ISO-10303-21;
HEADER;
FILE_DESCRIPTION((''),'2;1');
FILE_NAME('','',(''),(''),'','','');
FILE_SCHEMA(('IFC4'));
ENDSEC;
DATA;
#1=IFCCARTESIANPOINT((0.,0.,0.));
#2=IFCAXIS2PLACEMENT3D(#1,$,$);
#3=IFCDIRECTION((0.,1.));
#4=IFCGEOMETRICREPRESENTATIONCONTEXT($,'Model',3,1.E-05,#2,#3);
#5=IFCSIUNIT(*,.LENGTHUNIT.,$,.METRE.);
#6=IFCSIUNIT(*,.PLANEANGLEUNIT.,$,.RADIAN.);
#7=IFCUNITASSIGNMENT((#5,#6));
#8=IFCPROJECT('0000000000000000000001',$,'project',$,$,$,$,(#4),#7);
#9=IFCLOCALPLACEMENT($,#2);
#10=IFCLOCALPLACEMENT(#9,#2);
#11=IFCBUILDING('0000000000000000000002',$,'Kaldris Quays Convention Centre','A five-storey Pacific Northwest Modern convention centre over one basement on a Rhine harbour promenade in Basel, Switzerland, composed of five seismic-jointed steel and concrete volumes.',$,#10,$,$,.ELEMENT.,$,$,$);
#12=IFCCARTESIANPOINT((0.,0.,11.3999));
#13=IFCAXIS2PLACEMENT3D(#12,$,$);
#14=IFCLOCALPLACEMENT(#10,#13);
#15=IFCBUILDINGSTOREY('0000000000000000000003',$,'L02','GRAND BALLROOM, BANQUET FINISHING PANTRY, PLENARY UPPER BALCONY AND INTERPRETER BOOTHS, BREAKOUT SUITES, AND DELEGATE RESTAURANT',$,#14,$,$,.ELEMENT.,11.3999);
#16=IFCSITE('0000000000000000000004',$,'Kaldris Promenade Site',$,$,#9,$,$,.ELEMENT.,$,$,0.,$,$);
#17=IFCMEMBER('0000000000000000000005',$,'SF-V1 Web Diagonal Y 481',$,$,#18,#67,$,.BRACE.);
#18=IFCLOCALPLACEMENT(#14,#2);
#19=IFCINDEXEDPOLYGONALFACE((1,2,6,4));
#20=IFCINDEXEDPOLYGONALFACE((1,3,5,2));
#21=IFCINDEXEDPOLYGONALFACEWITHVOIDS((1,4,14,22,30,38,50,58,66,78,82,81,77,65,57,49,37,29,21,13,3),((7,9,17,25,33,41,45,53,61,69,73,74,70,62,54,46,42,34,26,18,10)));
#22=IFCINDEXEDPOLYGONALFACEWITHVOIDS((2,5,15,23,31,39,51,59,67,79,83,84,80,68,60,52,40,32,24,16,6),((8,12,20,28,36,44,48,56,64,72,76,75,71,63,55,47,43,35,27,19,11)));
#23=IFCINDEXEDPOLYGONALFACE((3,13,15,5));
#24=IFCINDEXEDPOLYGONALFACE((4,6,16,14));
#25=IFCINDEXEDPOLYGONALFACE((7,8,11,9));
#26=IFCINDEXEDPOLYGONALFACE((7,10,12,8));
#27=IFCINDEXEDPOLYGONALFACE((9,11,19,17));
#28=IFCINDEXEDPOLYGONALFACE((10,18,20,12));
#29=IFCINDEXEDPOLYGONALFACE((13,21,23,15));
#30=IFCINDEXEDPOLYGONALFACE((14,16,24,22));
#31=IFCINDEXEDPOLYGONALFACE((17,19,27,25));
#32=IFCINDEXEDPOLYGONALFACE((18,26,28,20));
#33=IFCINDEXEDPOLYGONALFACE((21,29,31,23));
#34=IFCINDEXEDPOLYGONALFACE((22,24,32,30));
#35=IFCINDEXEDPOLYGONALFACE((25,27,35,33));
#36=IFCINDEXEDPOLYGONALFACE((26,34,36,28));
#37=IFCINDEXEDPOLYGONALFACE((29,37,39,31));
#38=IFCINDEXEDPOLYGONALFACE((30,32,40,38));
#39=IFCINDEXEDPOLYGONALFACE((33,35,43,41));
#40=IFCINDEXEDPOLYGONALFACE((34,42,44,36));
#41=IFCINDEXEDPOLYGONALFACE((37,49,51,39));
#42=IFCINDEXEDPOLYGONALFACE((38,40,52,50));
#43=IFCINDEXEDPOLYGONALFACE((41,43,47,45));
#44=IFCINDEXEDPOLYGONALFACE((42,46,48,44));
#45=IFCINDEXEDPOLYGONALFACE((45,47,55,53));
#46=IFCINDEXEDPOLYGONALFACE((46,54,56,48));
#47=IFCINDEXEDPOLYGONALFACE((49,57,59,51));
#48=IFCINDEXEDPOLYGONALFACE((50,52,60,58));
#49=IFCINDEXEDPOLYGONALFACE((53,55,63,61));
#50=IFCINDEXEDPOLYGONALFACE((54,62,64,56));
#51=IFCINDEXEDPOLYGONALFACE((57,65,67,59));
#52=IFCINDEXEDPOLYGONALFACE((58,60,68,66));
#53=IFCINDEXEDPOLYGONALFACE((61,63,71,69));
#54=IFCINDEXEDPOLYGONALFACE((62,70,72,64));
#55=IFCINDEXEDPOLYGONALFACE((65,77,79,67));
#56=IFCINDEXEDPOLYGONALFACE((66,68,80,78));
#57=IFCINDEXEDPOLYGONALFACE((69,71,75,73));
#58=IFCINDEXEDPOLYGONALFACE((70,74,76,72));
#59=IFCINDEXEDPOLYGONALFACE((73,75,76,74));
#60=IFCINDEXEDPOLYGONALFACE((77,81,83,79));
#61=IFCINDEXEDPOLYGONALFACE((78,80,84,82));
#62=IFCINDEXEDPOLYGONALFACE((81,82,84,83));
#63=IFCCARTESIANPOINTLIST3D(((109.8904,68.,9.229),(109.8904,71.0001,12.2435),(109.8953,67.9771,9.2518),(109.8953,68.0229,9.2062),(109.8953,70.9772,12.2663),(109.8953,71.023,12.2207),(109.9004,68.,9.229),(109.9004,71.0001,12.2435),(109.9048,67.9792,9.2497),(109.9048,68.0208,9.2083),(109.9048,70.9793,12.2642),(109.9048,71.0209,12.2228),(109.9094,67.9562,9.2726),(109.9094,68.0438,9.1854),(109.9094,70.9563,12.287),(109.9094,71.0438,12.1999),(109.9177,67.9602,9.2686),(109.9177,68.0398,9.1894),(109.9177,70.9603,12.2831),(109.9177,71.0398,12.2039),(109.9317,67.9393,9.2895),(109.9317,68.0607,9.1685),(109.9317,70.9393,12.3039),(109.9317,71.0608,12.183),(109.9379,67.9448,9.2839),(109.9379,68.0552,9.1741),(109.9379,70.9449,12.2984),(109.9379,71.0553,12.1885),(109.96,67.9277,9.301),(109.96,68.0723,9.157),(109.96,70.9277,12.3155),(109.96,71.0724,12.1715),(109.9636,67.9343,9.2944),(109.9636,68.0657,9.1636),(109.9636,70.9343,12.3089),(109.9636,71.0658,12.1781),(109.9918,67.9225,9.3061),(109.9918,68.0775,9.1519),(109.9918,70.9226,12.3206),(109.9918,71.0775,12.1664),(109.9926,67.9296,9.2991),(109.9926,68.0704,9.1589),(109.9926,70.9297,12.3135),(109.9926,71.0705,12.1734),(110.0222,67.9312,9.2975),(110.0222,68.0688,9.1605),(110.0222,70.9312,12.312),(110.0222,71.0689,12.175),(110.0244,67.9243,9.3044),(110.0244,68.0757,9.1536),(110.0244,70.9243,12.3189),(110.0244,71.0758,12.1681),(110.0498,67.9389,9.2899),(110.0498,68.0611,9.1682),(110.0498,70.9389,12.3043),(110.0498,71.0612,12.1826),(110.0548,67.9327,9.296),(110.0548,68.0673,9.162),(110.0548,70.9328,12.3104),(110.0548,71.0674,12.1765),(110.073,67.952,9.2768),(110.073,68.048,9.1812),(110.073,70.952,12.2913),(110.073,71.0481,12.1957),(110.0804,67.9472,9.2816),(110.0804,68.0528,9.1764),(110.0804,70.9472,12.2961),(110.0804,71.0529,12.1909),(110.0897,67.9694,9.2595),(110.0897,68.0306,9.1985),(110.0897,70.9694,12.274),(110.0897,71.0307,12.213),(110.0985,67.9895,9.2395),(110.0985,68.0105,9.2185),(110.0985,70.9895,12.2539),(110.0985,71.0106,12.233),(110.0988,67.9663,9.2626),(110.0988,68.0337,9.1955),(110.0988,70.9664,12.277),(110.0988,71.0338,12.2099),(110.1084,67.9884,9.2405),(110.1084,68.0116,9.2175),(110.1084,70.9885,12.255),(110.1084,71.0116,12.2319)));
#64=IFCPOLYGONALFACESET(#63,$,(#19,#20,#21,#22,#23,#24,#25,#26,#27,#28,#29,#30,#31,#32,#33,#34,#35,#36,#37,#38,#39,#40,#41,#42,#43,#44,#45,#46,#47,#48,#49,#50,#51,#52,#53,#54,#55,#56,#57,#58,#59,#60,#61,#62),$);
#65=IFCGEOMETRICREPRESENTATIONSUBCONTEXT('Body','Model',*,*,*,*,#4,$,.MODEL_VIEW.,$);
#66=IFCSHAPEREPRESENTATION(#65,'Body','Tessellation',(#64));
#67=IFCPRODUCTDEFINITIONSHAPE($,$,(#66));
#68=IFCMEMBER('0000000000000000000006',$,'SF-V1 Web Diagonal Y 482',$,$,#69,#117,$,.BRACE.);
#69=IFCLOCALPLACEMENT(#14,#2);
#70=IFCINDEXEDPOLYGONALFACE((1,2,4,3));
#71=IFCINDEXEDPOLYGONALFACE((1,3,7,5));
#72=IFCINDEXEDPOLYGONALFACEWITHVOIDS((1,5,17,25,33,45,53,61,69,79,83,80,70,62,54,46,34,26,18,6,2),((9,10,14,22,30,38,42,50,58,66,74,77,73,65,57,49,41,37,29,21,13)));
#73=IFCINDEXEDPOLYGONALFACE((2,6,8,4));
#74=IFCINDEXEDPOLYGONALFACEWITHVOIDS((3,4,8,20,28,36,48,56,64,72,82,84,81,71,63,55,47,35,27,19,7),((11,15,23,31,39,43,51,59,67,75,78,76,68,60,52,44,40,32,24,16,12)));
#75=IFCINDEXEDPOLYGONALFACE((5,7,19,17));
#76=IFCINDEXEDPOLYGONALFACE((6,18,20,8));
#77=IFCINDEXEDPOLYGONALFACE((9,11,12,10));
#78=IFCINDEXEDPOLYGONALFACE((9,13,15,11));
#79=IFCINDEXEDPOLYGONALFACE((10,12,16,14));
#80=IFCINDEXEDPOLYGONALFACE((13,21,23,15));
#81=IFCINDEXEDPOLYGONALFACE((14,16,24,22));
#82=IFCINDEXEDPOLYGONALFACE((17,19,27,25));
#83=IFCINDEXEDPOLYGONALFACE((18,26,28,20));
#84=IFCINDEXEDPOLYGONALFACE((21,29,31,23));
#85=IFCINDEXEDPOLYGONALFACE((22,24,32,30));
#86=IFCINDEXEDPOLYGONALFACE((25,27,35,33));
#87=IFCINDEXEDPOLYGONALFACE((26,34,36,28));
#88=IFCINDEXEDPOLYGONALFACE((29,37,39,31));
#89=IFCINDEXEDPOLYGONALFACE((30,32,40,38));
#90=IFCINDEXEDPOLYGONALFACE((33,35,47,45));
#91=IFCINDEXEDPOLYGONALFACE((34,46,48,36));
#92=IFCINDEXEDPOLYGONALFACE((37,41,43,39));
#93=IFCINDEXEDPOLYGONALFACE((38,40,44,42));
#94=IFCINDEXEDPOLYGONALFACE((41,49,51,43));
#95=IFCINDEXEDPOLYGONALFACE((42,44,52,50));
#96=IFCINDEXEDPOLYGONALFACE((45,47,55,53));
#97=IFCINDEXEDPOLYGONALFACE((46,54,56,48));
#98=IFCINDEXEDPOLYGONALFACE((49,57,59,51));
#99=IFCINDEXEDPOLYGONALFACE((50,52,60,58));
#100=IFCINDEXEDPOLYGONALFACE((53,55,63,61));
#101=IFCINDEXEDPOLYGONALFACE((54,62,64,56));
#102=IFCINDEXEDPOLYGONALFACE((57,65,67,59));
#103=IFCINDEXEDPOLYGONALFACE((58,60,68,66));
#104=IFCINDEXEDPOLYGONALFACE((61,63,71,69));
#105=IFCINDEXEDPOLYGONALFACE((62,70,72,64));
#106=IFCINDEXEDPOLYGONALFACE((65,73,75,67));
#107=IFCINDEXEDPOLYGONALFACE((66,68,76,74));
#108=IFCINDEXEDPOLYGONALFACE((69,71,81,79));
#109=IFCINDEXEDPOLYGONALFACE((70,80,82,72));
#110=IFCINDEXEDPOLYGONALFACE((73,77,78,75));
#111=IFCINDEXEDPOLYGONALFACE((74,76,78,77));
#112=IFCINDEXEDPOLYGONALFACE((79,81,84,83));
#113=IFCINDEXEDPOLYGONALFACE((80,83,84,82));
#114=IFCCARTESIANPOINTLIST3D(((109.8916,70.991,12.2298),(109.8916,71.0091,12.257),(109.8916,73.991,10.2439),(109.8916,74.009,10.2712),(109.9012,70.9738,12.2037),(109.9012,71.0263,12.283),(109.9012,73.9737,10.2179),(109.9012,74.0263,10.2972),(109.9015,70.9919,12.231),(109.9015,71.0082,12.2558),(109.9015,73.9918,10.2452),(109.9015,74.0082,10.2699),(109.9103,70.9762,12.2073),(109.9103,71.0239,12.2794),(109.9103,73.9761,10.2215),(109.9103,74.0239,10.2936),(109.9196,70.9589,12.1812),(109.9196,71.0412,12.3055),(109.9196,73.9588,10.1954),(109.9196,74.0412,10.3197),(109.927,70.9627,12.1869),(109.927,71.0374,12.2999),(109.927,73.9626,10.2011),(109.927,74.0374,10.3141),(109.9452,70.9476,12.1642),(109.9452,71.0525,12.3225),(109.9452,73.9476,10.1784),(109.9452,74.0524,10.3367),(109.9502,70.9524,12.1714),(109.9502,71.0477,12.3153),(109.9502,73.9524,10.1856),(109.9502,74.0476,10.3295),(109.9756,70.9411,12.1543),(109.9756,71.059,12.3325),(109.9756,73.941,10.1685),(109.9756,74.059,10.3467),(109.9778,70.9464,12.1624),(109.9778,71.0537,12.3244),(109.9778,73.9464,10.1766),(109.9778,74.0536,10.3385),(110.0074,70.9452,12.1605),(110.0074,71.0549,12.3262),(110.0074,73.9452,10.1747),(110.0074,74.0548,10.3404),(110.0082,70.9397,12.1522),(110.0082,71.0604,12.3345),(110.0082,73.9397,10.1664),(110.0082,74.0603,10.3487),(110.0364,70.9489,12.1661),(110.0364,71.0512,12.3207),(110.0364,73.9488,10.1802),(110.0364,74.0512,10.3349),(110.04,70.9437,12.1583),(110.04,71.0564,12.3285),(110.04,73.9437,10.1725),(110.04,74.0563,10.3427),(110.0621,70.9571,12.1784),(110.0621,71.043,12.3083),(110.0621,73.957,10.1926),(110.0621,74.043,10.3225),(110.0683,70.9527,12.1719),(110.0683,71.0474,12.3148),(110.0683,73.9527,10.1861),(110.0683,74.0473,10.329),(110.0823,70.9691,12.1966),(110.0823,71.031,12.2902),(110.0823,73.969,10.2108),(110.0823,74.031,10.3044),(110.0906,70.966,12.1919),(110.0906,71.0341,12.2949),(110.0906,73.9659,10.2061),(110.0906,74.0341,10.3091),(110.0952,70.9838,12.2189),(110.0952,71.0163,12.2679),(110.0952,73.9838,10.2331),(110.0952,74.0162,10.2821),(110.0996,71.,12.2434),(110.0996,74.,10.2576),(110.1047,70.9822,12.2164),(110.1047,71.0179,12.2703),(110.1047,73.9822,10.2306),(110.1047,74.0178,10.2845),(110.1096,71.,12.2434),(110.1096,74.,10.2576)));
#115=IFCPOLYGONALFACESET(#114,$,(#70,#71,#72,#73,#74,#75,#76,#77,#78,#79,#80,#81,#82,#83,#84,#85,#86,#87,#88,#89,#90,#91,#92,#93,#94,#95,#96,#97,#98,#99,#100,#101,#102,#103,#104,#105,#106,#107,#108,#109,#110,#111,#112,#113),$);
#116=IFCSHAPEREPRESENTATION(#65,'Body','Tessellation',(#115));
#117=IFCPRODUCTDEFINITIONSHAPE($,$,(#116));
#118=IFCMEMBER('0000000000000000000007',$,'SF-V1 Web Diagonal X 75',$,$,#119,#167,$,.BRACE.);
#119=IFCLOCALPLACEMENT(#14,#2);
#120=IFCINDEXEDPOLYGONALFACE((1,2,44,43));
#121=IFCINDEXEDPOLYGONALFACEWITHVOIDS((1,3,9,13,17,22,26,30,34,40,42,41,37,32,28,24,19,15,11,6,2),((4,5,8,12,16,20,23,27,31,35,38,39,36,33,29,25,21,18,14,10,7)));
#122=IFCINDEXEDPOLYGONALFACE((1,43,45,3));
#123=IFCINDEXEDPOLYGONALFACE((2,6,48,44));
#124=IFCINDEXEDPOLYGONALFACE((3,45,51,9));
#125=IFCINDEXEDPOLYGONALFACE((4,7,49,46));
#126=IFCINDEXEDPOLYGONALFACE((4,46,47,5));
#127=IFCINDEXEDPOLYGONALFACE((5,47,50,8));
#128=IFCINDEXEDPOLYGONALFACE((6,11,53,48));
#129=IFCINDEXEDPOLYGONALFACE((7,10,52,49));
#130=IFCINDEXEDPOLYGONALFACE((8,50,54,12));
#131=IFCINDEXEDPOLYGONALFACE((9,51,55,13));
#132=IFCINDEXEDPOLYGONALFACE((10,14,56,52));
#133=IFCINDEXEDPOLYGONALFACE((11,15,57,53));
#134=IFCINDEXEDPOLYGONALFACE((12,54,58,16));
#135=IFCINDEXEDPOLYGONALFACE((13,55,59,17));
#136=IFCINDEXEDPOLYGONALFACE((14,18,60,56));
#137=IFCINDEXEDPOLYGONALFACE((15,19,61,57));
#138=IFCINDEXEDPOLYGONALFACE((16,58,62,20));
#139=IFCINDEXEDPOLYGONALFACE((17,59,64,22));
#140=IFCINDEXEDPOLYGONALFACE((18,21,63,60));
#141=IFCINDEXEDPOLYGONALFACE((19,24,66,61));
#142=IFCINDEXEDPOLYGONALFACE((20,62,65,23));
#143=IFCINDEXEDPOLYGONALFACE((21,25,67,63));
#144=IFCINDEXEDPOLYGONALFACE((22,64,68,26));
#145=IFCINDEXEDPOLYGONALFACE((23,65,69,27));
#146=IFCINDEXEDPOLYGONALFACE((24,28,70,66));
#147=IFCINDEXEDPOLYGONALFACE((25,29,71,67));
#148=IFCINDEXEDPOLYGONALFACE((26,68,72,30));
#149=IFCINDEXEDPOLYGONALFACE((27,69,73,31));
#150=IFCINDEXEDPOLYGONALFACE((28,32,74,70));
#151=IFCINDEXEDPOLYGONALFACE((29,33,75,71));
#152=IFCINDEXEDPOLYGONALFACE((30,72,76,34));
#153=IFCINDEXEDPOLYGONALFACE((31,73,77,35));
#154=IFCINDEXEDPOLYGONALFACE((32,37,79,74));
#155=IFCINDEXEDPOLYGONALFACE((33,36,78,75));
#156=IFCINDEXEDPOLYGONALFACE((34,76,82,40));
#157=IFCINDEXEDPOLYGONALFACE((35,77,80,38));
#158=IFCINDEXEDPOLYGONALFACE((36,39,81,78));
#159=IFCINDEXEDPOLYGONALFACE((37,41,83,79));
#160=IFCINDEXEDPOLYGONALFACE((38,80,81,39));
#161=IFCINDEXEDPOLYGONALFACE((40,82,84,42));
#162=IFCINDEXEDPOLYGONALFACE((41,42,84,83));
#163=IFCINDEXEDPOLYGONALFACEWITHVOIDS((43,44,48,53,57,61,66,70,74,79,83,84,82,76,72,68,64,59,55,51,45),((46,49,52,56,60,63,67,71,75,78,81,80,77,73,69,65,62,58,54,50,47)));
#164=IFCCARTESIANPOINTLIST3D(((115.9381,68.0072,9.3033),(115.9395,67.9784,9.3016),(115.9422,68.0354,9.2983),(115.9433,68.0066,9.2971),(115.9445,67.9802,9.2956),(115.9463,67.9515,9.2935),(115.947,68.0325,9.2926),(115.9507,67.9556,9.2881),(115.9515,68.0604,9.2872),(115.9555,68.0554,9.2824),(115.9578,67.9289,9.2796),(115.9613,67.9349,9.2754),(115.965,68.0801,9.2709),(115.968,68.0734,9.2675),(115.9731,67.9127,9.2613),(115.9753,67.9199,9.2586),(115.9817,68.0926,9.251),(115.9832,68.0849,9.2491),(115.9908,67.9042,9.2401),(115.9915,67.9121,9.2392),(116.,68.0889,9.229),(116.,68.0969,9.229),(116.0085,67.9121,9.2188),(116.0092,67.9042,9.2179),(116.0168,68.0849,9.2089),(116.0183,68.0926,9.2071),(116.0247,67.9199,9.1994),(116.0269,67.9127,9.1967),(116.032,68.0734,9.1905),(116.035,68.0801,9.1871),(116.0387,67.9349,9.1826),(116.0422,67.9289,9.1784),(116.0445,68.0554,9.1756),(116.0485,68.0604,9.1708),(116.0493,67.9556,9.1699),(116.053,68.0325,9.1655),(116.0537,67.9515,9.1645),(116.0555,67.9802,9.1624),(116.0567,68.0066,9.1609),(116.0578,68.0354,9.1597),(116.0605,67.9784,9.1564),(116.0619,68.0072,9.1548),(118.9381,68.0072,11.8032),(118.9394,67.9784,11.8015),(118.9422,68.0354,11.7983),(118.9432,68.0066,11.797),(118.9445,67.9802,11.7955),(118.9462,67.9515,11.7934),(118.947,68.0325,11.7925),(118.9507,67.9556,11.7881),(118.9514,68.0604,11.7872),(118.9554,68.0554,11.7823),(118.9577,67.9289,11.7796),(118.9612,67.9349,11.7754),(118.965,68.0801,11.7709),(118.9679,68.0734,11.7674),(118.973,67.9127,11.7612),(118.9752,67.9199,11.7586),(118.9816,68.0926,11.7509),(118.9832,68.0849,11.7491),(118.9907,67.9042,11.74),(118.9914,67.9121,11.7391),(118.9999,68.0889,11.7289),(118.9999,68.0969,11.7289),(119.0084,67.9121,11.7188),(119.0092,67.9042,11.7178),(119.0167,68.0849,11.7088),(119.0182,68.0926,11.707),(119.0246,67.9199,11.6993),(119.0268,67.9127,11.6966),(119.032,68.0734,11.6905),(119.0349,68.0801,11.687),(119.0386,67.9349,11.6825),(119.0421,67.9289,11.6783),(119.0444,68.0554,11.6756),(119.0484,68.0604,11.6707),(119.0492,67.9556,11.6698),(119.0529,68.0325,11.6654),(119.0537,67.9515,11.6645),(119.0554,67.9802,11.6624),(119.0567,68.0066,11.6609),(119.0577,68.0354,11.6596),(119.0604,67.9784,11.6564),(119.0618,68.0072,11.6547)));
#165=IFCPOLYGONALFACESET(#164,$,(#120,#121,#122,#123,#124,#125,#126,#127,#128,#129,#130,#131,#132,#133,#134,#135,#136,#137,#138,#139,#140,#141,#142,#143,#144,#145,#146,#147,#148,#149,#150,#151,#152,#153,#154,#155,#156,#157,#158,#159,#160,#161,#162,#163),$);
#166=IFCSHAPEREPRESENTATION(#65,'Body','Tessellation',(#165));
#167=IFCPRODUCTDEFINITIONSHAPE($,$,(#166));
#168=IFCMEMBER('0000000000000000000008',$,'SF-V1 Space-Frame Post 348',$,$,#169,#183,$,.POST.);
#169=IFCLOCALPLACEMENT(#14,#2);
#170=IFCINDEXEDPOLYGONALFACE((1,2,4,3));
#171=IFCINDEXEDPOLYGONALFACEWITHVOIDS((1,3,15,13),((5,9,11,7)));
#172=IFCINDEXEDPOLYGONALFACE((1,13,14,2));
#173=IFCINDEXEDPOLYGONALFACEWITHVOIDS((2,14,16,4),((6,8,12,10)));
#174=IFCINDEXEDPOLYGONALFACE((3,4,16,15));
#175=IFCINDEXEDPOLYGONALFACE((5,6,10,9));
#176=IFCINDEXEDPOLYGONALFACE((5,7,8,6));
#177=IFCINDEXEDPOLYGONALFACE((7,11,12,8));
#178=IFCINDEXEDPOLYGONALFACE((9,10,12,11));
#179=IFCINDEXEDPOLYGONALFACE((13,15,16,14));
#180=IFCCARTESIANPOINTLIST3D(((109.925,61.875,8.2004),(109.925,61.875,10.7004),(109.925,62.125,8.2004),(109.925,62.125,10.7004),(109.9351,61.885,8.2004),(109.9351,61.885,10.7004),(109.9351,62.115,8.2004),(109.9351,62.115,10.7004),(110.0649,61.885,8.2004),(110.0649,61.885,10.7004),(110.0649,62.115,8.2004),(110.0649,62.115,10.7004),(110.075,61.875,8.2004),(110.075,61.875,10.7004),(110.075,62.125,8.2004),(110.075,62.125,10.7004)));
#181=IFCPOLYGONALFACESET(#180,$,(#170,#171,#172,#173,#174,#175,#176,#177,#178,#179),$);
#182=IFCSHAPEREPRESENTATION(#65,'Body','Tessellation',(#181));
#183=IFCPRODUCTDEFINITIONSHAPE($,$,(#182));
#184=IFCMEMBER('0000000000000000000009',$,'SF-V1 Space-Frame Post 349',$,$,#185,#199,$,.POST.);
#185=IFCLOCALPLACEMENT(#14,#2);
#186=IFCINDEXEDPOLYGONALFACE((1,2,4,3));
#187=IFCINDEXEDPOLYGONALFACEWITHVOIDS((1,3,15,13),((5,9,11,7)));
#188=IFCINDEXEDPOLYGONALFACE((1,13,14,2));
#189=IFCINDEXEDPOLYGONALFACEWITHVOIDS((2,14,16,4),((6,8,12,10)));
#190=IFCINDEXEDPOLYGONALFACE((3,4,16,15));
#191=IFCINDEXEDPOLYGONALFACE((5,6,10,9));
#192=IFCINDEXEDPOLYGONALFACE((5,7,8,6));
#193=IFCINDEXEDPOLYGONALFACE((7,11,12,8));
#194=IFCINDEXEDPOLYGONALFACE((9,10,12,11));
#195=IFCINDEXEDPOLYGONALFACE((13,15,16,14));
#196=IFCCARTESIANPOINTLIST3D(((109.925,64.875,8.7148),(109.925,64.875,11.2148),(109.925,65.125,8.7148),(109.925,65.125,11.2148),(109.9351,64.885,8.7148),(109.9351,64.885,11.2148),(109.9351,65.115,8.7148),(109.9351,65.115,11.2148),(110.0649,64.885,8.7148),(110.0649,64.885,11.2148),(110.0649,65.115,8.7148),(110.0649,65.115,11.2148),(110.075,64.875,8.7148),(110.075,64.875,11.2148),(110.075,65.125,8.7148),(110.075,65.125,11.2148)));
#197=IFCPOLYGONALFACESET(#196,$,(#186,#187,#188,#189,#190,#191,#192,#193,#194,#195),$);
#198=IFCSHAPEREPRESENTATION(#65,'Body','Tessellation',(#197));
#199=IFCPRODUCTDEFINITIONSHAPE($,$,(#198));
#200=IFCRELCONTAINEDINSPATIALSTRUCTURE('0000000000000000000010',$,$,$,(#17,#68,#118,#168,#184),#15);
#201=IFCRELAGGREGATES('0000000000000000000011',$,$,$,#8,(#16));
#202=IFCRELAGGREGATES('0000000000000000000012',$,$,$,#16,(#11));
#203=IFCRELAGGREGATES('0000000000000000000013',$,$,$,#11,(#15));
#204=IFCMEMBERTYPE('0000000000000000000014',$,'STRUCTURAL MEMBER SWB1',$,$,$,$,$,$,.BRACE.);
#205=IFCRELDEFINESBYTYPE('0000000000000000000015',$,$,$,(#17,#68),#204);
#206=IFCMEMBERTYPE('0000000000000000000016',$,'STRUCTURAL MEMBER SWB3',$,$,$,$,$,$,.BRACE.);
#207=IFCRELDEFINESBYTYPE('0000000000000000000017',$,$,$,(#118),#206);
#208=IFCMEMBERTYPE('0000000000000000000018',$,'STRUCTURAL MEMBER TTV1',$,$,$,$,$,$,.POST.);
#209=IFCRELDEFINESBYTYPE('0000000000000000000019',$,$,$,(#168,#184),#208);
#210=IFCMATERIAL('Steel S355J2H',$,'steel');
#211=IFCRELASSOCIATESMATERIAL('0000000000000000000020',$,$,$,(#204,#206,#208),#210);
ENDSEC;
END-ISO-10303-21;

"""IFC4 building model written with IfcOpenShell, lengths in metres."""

from ifc_helpers import new_model, si_unit, direction, frame, origin, origin_2d, place, context, subcontext, project, spatial, hollow_rectangle, hollow_circle, extrude, material, material_profile, profile_set, type_object, element, save


model = new_model("IFC4")

# Units and contexts
model_context = context("Model", 3, precision=1e-05, world=origin(), true_north=direction((0.0, 1.0)))
body_context = subcontext(model_context, "Body", "Model", "MODEL_VIEW")
ifc_project = project(units=[si_unit("LENGTHUNIT", "METRE"), si_unit("PLANEANGLEUNIT", "RADIAN")], contexts=[model_context])

# Site, building, storey
site_placement = place(None, origin())
site = spatial("IfcSite", under=ifc_project, at=site_placement, Name="Kaldris Promenade Site", CompositionType="ELEMENT", RefElevation=0.0)
building_placement = place(site_placement, origin())
building = spatial("IfcBuilding", under=site, at=building_placement, Name="Kaldris Quays Convention Centre", Description="A five-storey Pacific Northwest Modern convention centre over one basement on a Rhine harbour promenade in Basel, Switzerland, composed of five seismic-jointed steel and concrete volumes.", CompositionType="ELEMENT")
storey_placement = place(building_placement, frame((0.0, 0.0, 11.3999)))
storey = spatial("IfcBuildingStorey", under=building, at=storey_placement, Name="L02", Description="GRAND BALLROOM, BANQUET FINISHING PANTRY, PLENARY UPPER BALCONY AND INTERPRETER BOOTHS, BREAKOUT SUITES, AND DELEGATE RESTAURANT", CompositionType="ELEMENT", Elevation=11.3999)

# Members
ifc_material_1 = material(Name="Steel S355J2H", Category="steel")
ifc_material_profile_1 = material_profile(ifc_material_1, hollow_circle(Radius=0.1096, WallThickness=0.01, at=origin_2d()), Name="CHS 219.1x10")
ifc_profile_set_1 = profile_set([ifc_material_profile_1], Name="Steel S355J2H")
member_type_1 = type_object("IfcMemberType", Name="STRUCTURAL MEMBER SWB1", PredefinedType="BRACE", material=ifc_profile_set_1)
member_1_placement = place(storey_placement, frame((110.0, 68.0, 9.229), z_axis=(0.0, 0.705411, 0.708798), x_axis=(-1.0, 0.0, 0.0)))
element("IfcMember", 1, at=member_1_placement, inside=storey, type_object=member_type_1, Name="SF-V1 Web Diagonal Y 481", PredefinedType="BRACE", context=body_context, shape_type="SweptSolid", body=[
    extrude(hollow_circle(Radius=0.1096, WallThickness=0.01, at=origin_2d()), origin(), (0.0, 0.0, 1.0), 4.2529),
])
member_2_placement = place(storey_placement, frame((110.0, 74.0, 10.2576), z_axis=(0.0, -0.833862, 0.551972), x_axis=(1.0, 0.0, 0.0)))
element("IfcMember", 2, at=member_2_placement, inside=storey, type_object=member_type_1, Name="SF-V1 Web Diagonal Y 482", PredefinedType="BRACE", context=body_context, shape_type="SweptSolid", body=[
    extrude(hollow_circle(Radius=0.1096, WallThickness=0.01, at=origin_2d()), origin(), (0.0, 0.0, 1.0), 3.5977),
])
ifc_material_profile_2 = material_profile(ifc_material_1, hollow_circle(Radius=0.0969, WallThickness=0.0081, at=origin_2d()), Name="CHS 193.7x8")
ifc_profile_set_2 = profile_set([ifc_material_profile_2], Name="Steel S355J2H")
member_type_2 = type_object("IfcMemberType", Name="STRUCTURAL MEMBER SWB3", PredefinedType="BRACE", material=ifc_profile_set_2)
member_3_placement = place(storey_placement, frame((116.0, 68.0, 9.229), z_axis=(0.768221, 0.0, 0.640184), x_axis=(0.0, 1.0, 0.0)))
element("IfcMember", 3, at=member_3_placement, inside=storey, type_object=member_type_2, Name="SF-V1 Web Diagonal X 75", PredefinedType="BRACE", context=body_context, shape_type="SweptSolid", body=[
    extrude(hollow_circle(Radius=0.0969, WallThickness=0.0081, at=origin_2d()), origin(), (0.0, 0.0, 1.0), 3.905),
])
ifc_material_profile_3 = material_profile(ifc_material_1, hollow_rectangle(XDim=0.1499, YDim=0.25, WallThickness=0.01, at=origin_2d()), Name="RHS 250x150x10")
ifc_profile_set_3 = profile_set([ifc_material_profile_3], Name="Steel S355J2H")
member_type_3 = type_object("IfcMemberType", Name="STRUCTURAL MEMBER TTV1", PredefinedType="POST", material=ifc_profile_set_3)
for number, where, z_axis, x_axis, name in (
    (4, (110.0, 62.0, 8.2004), (0.0, 0.0, 1.0), (1.0, 0.0, 0.0), "SF-V1 Space-Frame Post 348"),
    (5, (110.0, 65.0, 8.7148), (0.0, 0.0, 1.0), (1.0, 0.0, 0.0), "SF-V1 Space-Frame Post 349"),
):
    element("IfcMember", number, at=place(storey_placement, frame(where, z_axis=z_axis, x_axis=x_axis)), inside=storey, type_object=member_type_3, Name=name, PredefinedType="POST", context=body_context, shape_type="SweptSolid", body=[
        extrude(hollow_rectangle(XDim=0.1499, YDim=0.25, WallThickness=0.01, at=origin_2d()), origin(), (0.0, 0.0, 1.0), 2.5),
    ])

save(model, "model.ifc")
